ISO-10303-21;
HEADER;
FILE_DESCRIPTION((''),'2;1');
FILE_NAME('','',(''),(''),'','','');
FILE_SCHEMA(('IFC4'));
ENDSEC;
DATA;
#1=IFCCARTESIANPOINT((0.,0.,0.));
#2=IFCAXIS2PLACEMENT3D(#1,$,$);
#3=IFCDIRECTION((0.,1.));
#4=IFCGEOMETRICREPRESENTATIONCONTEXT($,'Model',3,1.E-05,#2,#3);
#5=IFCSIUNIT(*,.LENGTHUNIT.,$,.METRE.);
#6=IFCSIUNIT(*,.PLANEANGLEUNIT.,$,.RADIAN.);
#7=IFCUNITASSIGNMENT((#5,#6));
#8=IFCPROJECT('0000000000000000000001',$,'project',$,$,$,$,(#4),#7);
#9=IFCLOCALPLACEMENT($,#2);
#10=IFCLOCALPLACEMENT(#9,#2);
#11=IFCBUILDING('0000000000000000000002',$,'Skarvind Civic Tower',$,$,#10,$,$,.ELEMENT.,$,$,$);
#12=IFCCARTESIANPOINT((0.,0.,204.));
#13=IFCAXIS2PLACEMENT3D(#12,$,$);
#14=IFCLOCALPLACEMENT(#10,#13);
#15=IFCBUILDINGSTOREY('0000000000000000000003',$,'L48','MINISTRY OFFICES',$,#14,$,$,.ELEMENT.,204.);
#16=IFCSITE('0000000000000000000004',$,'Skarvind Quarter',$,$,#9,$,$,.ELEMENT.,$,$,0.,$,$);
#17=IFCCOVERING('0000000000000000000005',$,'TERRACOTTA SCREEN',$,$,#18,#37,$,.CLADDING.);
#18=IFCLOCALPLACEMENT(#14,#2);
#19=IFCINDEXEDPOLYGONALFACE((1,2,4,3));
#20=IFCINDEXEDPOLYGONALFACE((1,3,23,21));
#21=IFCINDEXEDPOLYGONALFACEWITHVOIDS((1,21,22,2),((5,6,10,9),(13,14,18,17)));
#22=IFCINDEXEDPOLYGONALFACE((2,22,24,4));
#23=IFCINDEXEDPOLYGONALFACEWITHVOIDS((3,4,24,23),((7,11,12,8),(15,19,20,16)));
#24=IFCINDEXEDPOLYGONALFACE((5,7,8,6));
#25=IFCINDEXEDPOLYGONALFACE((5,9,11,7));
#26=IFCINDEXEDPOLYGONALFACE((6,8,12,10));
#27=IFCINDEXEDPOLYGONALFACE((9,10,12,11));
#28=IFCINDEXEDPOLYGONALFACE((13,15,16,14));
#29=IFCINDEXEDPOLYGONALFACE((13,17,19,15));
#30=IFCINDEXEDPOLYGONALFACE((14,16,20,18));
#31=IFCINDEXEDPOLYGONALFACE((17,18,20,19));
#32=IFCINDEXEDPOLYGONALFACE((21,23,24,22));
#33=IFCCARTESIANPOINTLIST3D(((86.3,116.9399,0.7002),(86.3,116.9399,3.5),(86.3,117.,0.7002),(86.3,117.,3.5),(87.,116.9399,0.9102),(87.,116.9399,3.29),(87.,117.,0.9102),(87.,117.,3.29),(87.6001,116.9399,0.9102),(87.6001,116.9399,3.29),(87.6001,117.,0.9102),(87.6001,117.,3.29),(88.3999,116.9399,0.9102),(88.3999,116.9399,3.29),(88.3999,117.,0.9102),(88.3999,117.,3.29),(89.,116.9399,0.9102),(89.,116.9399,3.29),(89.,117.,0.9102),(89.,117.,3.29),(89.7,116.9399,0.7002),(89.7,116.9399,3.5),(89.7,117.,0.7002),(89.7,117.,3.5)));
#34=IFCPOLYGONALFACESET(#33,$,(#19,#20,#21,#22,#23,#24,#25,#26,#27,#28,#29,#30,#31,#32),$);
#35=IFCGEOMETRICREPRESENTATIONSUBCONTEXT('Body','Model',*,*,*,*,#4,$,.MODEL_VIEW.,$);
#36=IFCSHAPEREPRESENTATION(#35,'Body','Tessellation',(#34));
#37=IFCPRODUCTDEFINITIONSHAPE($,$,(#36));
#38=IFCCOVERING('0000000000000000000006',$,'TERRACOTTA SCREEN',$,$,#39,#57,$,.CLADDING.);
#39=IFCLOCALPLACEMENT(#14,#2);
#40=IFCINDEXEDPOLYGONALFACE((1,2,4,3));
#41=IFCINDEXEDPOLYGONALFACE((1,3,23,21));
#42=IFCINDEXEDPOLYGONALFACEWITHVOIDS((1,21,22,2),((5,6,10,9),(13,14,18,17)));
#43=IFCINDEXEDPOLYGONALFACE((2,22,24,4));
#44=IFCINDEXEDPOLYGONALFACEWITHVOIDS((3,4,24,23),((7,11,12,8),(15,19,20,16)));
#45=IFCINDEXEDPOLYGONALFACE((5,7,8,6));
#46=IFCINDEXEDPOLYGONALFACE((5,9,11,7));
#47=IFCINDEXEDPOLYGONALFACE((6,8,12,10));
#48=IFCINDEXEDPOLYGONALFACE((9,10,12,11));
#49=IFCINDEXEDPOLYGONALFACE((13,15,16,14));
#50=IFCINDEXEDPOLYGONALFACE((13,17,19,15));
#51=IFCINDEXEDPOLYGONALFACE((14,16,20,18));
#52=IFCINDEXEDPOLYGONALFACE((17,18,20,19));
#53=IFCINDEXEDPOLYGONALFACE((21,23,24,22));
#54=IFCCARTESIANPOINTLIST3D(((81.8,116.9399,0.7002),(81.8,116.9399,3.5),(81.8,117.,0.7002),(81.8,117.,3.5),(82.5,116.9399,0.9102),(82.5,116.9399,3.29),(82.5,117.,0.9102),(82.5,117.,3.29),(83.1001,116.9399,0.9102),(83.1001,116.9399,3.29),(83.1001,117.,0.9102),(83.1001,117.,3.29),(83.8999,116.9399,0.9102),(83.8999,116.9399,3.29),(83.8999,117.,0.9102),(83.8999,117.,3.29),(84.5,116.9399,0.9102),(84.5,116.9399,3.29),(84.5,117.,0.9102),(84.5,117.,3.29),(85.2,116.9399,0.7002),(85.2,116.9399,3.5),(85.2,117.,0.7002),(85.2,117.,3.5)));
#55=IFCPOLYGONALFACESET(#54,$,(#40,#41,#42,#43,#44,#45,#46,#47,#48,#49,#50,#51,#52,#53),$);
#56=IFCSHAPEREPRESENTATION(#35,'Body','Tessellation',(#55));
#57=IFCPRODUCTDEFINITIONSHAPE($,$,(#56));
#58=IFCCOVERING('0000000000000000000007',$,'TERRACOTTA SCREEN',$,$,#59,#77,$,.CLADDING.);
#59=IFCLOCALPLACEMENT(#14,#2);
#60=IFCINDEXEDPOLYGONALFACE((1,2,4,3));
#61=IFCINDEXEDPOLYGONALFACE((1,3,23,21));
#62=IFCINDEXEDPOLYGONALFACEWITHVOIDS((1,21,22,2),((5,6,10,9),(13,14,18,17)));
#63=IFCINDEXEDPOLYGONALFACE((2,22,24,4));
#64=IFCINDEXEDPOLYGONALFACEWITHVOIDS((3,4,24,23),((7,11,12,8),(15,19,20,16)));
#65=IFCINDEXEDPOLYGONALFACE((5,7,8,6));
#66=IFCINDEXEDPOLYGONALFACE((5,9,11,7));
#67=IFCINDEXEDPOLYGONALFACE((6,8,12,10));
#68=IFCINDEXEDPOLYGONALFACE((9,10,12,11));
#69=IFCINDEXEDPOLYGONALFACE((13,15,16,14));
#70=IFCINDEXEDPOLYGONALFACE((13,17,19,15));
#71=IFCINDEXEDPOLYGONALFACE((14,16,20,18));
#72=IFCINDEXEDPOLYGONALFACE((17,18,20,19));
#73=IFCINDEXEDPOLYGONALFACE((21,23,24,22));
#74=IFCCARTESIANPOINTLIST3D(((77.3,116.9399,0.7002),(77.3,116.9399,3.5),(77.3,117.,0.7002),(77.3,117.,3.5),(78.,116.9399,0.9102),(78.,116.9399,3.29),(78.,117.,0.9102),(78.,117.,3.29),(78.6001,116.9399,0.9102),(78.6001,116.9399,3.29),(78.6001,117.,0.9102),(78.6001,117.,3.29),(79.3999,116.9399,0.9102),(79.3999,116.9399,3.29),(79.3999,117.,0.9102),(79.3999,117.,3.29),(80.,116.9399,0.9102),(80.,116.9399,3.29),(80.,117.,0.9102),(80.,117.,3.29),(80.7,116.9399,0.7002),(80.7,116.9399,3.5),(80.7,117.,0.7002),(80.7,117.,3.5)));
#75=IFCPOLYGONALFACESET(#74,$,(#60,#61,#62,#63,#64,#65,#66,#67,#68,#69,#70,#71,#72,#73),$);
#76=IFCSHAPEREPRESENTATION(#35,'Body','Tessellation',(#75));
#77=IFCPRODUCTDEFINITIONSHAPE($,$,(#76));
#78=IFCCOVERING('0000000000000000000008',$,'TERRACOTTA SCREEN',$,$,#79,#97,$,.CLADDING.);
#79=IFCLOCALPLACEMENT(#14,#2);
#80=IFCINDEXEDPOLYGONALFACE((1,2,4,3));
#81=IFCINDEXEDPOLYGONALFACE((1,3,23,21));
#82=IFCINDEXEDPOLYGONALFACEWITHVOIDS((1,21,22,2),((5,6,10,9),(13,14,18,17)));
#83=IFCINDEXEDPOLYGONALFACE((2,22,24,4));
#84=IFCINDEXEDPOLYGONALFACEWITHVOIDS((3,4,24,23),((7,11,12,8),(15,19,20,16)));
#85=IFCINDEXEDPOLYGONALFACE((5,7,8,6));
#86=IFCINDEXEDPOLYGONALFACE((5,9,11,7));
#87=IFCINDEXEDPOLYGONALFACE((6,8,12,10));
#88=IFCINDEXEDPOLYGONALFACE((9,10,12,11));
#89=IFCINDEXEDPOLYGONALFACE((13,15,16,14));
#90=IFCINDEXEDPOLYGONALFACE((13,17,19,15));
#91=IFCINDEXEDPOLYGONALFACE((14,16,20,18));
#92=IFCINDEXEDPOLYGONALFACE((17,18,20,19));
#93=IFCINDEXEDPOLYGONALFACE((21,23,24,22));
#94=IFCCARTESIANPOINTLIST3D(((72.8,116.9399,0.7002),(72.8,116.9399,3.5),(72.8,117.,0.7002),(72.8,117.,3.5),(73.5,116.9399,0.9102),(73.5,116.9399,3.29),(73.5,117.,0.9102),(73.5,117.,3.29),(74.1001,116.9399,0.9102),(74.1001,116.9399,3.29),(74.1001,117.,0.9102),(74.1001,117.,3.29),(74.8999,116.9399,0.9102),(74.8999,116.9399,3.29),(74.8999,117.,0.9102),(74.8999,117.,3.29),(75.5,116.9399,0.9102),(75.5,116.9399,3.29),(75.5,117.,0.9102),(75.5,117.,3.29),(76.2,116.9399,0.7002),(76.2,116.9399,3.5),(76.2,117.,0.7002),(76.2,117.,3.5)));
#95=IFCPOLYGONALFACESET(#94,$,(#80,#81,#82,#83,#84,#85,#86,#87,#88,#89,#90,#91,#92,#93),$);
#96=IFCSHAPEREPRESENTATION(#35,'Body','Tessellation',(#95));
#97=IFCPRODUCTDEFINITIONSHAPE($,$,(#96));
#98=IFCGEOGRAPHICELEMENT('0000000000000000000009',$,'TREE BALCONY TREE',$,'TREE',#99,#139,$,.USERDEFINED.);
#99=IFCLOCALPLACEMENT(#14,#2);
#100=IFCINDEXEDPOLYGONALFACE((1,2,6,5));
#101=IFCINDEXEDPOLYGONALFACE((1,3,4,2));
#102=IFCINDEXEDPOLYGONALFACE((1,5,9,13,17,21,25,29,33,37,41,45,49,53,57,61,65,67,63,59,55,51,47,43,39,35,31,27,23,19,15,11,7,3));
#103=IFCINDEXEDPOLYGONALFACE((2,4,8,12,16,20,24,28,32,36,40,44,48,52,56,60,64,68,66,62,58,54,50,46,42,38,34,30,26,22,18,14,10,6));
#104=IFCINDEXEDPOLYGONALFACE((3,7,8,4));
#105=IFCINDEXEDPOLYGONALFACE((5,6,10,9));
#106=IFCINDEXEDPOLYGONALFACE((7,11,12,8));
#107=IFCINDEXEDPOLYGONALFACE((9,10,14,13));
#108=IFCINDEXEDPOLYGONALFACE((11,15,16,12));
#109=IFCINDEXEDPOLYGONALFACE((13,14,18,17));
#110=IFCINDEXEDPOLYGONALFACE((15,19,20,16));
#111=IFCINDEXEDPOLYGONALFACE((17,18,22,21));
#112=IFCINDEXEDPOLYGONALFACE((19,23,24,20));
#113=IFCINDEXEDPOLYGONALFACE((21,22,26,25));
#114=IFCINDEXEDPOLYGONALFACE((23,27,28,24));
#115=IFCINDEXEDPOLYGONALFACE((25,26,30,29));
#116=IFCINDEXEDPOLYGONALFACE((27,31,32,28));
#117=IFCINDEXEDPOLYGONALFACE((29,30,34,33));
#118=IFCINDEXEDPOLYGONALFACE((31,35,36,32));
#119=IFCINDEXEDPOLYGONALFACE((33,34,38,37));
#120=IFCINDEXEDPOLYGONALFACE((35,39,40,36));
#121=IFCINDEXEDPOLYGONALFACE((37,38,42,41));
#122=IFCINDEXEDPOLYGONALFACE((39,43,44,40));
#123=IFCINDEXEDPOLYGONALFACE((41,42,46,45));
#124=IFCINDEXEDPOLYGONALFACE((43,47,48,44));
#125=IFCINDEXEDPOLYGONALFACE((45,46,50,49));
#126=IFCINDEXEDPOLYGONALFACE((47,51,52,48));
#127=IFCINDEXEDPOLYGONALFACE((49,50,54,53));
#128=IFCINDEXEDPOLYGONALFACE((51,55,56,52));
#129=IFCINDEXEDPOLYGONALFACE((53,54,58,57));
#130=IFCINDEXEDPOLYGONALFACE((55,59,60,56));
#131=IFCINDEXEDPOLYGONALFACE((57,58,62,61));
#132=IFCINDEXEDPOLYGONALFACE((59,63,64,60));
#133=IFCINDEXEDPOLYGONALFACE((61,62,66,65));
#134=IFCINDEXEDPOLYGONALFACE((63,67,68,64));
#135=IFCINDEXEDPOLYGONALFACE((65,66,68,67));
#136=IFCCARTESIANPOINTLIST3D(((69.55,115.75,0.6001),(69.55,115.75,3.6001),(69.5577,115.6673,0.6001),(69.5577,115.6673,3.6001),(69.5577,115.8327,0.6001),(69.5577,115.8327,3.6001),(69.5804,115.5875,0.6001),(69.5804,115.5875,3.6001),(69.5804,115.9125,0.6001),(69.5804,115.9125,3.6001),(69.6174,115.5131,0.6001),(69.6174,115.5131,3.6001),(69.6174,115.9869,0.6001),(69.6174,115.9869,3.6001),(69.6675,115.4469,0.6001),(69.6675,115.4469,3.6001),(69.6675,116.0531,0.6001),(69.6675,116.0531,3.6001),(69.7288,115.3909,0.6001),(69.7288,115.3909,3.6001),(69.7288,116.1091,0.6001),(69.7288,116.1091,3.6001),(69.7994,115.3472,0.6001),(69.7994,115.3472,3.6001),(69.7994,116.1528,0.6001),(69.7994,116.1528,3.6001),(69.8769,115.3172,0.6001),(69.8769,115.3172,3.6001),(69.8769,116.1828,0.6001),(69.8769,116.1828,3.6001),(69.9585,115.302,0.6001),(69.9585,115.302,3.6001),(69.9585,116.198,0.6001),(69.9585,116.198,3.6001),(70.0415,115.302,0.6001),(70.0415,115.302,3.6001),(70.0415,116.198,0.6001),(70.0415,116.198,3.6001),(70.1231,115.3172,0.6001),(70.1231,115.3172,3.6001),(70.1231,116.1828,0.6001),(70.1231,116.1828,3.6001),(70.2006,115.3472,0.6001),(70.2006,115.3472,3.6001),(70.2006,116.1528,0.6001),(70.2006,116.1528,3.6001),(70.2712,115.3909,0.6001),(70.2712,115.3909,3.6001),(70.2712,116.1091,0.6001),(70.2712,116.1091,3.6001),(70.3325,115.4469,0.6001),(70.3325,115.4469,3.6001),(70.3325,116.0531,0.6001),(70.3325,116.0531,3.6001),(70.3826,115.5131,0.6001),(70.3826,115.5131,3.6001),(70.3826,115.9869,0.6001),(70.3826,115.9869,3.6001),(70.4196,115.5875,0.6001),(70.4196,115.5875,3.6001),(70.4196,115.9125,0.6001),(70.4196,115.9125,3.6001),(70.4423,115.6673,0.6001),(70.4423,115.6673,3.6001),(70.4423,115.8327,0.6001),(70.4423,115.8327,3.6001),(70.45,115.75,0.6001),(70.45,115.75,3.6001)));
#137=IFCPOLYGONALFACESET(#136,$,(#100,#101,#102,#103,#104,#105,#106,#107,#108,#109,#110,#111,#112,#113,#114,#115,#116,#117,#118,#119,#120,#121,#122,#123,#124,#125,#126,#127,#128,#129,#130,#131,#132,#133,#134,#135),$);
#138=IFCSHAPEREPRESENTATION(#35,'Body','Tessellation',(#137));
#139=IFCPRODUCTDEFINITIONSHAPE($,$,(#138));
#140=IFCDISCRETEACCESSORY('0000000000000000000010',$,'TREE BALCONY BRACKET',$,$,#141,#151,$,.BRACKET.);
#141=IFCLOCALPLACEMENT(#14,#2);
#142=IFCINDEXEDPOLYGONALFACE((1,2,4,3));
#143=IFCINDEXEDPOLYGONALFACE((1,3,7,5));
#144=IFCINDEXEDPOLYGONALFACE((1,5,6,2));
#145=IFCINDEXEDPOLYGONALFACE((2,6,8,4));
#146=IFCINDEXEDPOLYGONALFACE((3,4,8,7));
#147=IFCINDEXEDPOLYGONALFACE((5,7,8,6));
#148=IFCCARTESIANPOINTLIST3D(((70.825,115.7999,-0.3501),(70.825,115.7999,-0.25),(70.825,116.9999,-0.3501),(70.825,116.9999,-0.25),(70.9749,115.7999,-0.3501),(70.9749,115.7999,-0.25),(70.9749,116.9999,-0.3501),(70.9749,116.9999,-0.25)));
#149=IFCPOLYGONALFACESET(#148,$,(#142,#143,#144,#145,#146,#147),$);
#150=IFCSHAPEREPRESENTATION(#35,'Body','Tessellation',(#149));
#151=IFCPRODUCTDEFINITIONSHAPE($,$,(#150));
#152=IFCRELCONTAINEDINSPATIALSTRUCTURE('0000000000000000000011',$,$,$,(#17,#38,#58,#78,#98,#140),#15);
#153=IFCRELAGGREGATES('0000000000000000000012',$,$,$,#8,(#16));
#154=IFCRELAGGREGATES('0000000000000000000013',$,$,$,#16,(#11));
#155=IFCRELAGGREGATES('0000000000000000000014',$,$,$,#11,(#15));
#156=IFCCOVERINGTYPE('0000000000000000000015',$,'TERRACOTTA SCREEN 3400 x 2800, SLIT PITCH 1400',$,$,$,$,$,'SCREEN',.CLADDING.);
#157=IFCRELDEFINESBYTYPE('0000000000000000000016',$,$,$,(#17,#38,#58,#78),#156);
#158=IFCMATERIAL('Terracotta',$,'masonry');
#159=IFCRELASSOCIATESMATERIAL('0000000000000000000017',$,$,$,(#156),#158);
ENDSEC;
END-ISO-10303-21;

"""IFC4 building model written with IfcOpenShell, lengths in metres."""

from ifc_helpers import new_model, si_unit, direction, frame, origin, origin_2d, place, context, subcontext, project, spatial, polyline, rectangle, circle, outline, extrude, material, material_profile, profile_set, type_object, element, save


model = new_model("IFC4")

# Units and contexts
model_context = context("Model", 3, precision=1e-05, world=origin(), true_north=direction((0.0, 1.0)))
body_context = subcontext(model_context, "Body", "Model", "MODEL_VIEW")
ifc_project = project(units=[si_unit("LENGTHUNIT", "METRE"), si_unit("PLANEANGLEUNIT", "RADIAN")], contexts=[model_context])

# Site, building, storey
site_placement = place(None, origin())
site = spatial("IfcSite", under=ifc_project, at=site_placement, Name="Skarvind Quarter", CompositionType="ELEMENT", RefElevation=0.0)
building_placement = place(site_placement, origin())
building = spatial("IfcBuilding", under=site, at=building_placement, Name="Skarvind Civic Tower", CompositionType="ELEMENT")
storey_placement = place(building_placement, frame((0.0, 0.0, 204.0)))
storey = spatial("IfcBuildingStorey", under=building, at=storey_placement, Name="L48", Description="MINISTRY OFFICES", CompositionType="ELEMENT", Elevation=204.0)

# Coverings
ifc_material_1 = material(Name="Terracotta", Category="masonry")
ifc_material_profile_1 = material_profile(ifc_material_1, outline(polyline([(-1.7, -1.3999), (1.7, -1.3999), (1.7, 1.3999), (-1.7, 1.3999), (-1.7, -1.3999)]), holes=[polyline([(-1.0, -1.1899), (-0.3999, -1.1899), (-0.3999, 1.1899), (-1.0, 1.1899), (-1.0, -1.1899)]), polyline([(0.3999, -1.1899), (1.0, -1.1899), (1.0, 1.1899), (0.3999, 1.1899), (0.3999, -1.1899)])]), Name="TERRACOTTA SCREEN 3400 x 2800, SLIT PITCH 1400")
ifc_profile_set_1 = profile_set([ifc_material_profile_1], Name="Terracotta")
covering_type = type_object("IfcCoveringType", Name="TERRACOTTA SCREEN 3400 x 2800, SLIT PITCH 1400", ElementType="SCREEN", PredefinedType="CLADDING", material=ifc_profile_set_1)
for number, where, z_axis, x_axis, name in (
    (1, (88.0, 117.0, 2.1001), (0.0, -1.0, 0.0), (1.0, 0.0, 0.0), "TERRACOTTA SCREEN"),
    (2, (83.5, 117.0, 2.1001), (0.0, -1.0, 0.0), (1.0, 0.0, 0.0), "TERRACOTTA SCREEN"),
    (3, (79.0, 117.0, 2.1001), (0.0, -1.0, 0.0), (1.0, 0.0, 0.0), "TERRACOTTA SCREEN"),
    (4, (74.5, 117.0, 2.1001), (0.0, -1.0, 0.0), (1.0, 0.0, 0.0), "TERRACOTTA SCREEN"),
):
    element("IfcCovering", number, at=place(storey_placement, frame(where, z_axis=z_axis, x_axis=x_axis)), inside=storey, type_object=covering_type, Name=name, PredefinedType="CLADDING", context=body_context, shape_type="SweptSolid", body=[
        extrude(outline(polyline([(-1.7, -1.3999), (1.7, -1.3999), (1.7, 1.3999), (-1.7, 1.3999), (-1.7, -1.3999)]), holes=[polyline([(-1.0, -1.1899), (-0.3999, -1.1899), (-0.3999, 1.1899), (-1.0, 1.1899), (-1.0, -1.1899)]), polyline([(0.3999, -1.1899), (1.0, -1.1899), (1.0, 1.1899), (0.3999, 1.1899), (0.3999, -1.1899)])]), origin(), (0.0, 0.0, 1.0), 0.0601),
    ])

# Geographic element
geographic_element_placement = place(storey_placement, frame((70.0, 115.75, 0.6001), z_axis=(0.0, 0.0, 1.0), x_axis=(1.0, 0.0, 0.0)))
element("IfcGeographicElement", 5, at=geographic_element_placement, inside=storey, Name="TREE BALCONY TREE", ObjectType="TREE", PredefinedType="USERDEFINED", context=body_context, shape_type="SweptSolid", body=[
    extrude(circle(Radius=0.45, at=origin_2d()), origin(), (0.0, 0.0, 1.0), 3.0),
])

# Discrete accessory
discrete_accessory_placement = place(storey_placement, frame((70.8999, 116.3999, -0.3501), z_axis=(0.0, 0.0, 1.0), x_axis=(-1.0, 0.0, 0.0)))
element("IfcDiscreteAccessory", 6, at=discrete_accessory_placement, inside=storey, Name="TREE BALCONY BRACKET", PredefinedType="BRACKET", context=body_context, shape_type="SweptSolid", body=[
    extrude(rectangle(XDim=0.1499, YDim=1.2, at=origin_2d()), origin(), (0.0, 0.0, 1.0), 0.1001),
])

save(model, "model.ifc")
